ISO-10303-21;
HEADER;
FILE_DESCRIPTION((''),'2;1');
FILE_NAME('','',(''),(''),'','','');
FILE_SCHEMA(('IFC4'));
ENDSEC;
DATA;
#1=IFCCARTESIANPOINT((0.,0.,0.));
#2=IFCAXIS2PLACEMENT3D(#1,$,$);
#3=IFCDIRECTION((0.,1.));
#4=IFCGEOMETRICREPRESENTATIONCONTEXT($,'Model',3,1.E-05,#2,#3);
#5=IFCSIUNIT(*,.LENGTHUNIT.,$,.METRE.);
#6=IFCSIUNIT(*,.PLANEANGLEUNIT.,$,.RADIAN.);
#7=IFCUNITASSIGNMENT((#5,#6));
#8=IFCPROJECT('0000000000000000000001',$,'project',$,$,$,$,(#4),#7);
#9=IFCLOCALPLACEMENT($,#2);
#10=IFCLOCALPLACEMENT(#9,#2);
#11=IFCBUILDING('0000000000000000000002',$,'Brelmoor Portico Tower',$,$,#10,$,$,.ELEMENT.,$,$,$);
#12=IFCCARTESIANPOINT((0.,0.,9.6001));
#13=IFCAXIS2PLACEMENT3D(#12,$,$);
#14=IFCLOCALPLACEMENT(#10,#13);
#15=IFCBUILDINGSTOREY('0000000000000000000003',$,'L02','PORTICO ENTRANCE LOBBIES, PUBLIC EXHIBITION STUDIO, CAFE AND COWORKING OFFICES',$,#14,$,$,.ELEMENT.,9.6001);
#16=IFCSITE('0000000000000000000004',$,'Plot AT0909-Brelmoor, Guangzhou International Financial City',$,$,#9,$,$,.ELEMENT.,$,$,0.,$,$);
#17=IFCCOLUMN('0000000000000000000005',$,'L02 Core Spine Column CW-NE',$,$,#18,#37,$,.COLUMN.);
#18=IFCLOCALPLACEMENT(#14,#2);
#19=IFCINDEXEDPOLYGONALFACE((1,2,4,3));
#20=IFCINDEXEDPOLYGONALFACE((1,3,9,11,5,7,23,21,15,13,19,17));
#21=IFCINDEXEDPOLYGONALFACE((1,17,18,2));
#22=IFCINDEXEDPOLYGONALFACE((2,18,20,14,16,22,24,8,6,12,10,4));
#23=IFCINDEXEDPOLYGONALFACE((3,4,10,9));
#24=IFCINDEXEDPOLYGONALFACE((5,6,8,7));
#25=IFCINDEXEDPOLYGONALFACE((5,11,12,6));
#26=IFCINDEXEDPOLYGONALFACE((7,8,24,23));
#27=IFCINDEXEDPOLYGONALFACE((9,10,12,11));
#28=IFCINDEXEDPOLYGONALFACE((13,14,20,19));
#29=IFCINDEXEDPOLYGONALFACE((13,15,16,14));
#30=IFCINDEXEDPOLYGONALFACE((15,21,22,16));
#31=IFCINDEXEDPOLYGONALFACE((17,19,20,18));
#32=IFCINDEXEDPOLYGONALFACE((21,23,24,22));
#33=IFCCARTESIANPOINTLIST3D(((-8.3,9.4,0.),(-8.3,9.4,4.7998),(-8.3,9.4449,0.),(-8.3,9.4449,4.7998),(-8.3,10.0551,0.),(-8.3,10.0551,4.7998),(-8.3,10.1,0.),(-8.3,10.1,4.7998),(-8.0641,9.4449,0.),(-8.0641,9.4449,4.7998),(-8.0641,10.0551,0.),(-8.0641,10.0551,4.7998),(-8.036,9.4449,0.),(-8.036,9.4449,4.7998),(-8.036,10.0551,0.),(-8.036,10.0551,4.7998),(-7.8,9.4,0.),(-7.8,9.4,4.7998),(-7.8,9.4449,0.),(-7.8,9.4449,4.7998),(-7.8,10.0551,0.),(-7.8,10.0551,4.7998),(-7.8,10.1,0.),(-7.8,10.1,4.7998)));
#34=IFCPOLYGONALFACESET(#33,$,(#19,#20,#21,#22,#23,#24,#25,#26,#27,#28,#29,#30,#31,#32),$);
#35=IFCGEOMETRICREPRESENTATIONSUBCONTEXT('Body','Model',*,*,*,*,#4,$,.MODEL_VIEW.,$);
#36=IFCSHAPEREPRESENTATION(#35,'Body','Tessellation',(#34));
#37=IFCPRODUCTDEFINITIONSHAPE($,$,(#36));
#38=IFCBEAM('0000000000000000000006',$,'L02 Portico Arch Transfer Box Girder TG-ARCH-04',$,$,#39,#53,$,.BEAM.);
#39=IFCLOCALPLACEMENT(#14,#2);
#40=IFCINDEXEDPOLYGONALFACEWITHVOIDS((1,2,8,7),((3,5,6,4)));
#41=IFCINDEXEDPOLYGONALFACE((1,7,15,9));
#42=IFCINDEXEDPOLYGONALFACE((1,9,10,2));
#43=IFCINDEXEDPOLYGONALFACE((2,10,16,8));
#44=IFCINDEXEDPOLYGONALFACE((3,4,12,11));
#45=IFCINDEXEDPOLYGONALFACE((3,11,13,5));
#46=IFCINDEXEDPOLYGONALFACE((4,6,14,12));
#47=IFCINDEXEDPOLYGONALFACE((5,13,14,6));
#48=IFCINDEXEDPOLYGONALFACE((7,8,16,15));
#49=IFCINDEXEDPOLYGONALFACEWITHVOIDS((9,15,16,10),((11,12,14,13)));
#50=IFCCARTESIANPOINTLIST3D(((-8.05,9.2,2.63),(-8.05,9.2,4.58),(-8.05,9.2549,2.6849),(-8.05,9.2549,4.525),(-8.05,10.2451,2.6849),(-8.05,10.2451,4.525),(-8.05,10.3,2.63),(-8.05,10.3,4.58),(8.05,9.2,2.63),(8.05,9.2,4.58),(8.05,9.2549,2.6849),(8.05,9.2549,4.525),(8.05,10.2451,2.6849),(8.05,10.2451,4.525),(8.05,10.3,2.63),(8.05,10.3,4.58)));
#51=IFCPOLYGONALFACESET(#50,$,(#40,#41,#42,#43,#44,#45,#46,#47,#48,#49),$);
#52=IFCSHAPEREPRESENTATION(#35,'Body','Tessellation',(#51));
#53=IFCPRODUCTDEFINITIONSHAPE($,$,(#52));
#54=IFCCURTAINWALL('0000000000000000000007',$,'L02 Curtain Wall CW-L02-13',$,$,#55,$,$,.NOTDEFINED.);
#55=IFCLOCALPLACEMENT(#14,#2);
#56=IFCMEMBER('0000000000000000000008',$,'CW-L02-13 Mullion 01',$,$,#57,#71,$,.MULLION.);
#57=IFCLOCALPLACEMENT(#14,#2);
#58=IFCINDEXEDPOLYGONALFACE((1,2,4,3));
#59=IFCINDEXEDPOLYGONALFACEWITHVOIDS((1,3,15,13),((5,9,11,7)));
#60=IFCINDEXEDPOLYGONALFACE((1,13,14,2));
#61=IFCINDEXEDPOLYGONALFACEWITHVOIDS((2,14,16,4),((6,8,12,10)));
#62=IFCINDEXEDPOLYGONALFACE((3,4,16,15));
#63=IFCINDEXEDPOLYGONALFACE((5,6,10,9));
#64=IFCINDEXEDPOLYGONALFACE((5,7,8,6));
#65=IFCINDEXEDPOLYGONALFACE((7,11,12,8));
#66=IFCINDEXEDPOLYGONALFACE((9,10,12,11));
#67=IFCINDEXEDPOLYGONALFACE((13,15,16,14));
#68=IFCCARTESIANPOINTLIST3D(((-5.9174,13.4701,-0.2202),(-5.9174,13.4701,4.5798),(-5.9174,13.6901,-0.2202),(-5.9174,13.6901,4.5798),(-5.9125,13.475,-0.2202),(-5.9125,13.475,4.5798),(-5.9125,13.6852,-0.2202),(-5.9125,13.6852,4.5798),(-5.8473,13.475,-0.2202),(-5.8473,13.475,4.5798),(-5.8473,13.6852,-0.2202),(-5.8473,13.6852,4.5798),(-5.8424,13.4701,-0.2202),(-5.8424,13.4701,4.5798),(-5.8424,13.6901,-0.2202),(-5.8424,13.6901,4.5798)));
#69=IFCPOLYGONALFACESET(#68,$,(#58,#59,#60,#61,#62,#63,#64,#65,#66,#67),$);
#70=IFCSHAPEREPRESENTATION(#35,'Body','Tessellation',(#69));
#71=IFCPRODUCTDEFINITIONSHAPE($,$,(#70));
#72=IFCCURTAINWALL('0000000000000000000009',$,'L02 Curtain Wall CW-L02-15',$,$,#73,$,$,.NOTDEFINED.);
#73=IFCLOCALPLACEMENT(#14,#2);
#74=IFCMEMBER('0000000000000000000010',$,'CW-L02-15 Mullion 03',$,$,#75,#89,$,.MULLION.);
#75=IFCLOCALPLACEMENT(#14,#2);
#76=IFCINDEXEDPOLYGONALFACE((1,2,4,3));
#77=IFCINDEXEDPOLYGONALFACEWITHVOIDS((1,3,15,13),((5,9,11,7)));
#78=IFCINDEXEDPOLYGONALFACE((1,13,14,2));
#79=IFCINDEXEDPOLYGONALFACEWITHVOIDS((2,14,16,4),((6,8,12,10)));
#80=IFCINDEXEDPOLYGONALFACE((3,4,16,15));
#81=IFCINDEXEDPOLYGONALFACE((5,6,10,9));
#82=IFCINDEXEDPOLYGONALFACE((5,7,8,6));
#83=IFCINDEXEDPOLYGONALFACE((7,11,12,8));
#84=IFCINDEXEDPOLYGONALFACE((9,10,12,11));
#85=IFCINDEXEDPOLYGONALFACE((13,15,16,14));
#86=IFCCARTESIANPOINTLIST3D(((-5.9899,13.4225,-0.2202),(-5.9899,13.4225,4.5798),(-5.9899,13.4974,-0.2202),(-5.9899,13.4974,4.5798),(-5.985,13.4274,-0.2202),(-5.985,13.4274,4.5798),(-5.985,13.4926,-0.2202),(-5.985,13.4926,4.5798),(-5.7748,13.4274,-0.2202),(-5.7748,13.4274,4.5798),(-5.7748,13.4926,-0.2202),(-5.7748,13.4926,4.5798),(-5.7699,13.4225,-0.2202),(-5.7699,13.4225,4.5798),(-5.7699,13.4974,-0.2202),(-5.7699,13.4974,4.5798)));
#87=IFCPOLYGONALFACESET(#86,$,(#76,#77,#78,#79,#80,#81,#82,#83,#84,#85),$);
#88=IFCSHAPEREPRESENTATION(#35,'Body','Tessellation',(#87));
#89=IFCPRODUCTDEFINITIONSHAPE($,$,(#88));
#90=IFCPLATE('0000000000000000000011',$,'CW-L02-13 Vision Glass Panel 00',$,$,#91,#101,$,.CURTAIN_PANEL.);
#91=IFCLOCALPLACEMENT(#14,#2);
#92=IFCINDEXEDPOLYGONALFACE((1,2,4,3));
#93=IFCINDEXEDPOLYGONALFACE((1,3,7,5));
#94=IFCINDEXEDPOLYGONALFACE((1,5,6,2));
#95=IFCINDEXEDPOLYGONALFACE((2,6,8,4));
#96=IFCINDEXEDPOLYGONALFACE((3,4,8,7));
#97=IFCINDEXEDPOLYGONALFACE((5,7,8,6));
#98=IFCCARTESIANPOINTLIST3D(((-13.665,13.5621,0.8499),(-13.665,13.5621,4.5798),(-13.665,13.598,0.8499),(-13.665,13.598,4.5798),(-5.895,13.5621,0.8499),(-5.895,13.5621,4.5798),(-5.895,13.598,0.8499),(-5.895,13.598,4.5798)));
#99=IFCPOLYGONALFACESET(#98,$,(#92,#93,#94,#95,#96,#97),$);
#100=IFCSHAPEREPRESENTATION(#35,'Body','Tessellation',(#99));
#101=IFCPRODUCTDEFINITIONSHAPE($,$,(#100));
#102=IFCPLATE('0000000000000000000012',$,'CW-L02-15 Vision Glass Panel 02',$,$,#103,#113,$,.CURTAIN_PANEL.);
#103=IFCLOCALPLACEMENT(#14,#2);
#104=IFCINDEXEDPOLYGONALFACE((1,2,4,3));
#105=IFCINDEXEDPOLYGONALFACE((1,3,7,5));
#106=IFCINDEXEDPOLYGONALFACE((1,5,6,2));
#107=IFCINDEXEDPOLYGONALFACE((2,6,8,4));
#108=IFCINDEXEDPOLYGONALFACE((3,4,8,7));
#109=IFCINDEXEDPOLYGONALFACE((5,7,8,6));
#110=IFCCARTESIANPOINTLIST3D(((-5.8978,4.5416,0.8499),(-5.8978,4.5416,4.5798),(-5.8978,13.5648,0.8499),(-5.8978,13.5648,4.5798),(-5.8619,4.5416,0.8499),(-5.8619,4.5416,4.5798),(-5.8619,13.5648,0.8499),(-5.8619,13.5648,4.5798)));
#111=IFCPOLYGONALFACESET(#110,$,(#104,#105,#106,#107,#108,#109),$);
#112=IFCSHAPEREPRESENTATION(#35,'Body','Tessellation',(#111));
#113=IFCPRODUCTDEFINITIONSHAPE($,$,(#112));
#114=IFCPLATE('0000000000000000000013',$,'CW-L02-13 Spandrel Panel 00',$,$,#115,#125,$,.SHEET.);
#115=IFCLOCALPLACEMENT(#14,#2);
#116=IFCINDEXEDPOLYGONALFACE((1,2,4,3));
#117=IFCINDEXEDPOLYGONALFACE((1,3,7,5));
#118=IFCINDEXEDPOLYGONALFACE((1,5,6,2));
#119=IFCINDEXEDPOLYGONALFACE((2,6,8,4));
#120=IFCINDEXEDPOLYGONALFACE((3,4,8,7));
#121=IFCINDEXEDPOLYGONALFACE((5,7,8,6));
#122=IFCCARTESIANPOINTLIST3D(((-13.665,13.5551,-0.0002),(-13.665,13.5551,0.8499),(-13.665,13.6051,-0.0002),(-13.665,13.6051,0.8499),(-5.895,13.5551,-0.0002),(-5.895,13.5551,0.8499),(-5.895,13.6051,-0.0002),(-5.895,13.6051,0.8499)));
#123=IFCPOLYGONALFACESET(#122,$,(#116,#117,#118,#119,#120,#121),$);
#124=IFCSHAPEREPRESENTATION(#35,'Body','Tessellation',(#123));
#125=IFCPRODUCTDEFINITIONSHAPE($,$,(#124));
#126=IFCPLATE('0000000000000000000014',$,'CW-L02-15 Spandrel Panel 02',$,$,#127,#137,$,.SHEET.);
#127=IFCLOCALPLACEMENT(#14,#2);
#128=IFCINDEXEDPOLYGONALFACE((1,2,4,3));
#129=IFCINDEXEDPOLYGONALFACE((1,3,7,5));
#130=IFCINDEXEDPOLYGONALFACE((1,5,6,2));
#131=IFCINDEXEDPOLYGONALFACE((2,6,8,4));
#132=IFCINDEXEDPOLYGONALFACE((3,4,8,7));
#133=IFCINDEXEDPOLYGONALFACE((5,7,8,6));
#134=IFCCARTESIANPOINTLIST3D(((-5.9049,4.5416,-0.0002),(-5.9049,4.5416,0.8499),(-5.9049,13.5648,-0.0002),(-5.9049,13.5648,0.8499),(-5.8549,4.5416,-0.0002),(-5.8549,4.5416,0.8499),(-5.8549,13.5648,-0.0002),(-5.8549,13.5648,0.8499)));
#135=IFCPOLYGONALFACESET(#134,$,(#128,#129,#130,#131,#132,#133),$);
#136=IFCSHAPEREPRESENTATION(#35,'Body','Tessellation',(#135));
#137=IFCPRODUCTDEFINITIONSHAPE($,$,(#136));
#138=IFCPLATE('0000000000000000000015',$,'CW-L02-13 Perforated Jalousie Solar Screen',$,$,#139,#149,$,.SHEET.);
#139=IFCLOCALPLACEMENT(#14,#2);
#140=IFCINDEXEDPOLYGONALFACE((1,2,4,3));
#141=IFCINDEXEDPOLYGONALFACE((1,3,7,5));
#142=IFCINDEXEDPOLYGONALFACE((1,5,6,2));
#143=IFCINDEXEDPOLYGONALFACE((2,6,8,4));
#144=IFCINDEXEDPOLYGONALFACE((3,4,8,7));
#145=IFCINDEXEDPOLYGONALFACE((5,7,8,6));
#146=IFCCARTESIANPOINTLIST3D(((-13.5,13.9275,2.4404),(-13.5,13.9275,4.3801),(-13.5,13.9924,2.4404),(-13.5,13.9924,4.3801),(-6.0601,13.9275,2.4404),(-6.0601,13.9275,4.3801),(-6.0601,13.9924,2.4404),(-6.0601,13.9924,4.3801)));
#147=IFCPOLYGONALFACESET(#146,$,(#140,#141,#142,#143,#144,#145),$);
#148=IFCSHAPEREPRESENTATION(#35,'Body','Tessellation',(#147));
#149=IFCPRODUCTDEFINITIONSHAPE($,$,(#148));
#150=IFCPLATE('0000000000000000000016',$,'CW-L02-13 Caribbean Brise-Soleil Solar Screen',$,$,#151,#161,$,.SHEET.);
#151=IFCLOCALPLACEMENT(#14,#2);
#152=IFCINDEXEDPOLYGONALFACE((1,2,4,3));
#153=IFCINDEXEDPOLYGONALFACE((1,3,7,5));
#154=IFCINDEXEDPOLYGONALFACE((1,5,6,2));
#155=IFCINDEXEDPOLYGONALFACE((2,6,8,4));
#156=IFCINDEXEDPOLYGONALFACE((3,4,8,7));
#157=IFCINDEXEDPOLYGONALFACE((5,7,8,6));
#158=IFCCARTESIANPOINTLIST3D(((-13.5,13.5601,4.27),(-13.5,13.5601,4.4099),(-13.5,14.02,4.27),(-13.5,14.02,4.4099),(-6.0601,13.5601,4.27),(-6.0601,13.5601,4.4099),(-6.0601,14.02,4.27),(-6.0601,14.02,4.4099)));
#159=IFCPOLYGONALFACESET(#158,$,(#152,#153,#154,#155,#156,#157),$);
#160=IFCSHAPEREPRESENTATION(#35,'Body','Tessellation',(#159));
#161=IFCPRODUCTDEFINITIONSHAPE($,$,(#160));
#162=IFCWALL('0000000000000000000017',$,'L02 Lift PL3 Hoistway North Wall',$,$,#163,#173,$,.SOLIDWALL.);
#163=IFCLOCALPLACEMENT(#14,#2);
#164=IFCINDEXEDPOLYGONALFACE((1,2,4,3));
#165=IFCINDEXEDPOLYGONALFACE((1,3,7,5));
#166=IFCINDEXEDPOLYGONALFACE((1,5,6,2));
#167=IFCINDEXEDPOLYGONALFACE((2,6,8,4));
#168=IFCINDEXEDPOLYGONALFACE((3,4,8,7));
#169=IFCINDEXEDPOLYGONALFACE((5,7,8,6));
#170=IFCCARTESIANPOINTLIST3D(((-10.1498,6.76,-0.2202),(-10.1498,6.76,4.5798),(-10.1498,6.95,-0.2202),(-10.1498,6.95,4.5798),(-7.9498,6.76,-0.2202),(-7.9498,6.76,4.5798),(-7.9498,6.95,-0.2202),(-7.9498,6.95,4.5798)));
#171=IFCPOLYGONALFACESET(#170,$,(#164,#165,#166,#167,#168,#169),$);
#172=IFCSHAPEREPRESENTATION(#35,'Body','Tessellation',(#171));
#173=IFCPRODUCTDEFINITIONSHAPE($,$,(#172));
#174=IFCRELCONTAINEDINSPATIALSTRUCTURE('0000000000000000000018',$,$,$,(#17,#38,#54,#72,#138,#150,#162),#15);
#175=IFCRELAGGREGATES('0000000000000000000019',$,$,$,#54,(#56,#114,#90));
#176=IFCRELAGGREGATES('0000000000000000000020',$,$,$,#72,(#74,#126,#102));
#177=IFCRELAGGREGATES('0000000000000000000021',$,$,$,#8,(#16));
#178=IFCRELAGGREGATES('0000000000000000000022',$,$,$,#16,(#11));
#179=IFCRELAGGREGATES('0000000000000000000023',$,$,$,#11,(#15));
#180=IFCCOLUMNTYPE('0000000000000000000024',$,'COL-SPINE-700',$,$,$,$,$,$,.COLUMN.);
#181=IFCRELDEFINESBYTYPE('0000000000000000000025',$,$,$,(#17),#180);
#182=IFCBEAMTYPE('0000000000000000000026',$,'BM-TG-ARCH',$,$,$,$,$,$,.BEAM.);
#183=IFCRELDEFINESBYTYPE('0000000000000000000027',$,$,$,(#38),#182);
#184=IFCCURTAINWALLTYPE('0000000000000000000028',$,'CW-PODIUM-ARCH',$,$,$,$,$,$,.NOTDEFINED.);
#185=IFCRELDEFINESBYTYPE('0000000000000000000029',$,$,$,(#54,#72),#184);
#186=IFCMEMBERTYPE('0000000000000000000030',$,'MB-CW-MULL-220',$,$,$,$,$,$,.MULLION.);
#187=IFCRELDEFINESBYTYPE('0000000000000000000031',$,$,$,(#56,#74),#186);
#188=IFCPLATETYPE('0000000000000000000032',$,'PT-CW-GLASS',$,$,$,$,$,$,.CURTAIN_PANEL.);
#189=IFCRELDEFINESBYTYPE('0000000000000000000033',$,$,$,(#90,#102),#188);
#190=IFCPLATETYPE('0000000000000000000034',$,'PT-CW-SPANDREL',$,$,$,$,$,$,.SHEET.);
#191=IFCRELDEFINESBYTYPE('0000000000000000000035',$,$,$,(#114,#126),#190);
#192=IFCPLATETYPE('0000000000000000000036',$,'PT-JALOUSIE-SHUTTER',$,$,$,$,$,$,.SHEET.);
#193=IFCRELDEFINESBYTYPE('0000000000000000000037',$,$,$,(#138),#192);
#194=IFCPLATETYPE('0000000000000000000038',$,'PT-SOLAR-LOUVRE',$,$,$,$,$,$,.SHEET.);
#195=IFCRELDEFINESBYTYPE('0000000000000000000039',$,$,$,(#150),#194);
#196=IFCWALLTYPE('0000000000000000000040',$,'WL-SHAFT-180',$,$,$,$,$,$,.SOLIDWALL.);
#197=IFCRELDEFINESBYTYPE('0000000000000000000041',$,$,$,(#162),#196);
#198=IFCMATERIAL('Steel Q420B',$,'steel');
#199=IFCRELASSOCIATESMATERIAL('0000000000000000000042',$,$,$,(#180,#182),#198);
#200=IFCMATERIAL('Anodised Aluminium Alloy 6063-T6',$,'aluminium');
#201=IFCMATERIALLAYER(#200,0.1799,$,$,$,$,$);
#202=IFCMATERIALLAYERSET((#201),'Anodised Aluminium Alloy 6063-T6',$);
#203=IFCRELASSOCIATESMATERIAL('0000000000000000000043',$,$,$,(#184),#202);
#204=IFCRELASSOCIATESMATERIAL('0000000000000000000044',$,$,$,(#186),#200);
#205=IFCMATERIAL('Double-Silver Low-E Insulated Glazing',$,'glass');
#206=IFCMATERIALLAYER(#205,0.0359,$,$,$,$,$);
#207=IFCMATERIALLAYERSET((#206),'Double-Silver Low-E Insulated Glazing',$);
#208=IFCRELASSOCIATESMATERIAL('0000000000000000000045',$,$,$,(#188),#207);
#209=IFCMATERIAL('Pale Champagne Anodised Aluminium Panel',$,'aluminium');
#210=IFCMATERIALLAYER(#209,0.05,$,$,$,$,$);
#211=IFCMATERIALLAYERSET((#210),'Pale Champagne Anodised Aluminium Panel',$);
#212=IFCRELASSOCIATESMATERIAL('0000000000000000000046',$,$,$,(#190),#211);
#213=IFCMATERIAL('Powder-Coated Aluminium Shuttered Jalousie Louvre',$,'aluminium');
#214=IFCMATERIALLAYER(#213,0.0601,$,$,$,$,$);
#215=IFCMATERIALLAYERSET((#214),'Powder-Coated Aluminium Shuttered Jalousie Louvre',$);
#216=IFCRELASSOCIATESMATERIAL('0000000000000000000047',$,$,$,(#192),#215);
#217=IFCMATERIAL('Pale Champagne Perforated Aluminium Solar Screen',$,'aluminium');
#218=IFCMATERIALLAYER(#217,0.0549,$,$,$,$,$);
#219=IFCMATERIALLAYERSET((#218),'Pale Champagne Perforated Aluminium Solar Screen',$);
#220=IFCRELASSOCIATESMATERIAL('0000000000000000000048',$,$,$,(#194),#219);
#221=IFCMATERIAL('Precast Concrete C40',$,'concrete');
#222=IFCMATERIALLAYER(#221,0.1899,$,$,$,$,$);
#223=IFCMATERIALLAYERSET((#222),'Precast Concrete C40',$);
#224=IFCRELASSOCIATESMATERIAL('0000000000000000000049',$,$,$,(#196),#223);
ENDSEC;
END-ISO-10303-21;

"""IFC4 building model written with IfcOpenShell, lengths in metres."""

from ifc_helpers import new_model, si_unit, direction, frame, frame_2d, origin, origin_2d, place, context, subcontext, project, spatial, rectangle, hollow_rectangle, i_section, extrude, material, layer, layer_set, material_profile, profile_set, type_object, element, aggregate, save


model = new_model("IFC4")

# Units and contexts
model_context = context("Model", 3, precision=1e-05, world=origin(), true_north=direction((0.0, 1.0)))
body_context = subcontext(model_context, "Body", "Model", "MODEL_VIEW")
ifc_project = project(units=[si_unit("LENGTHUNIT", "METRE"), si_unit("PLANEANGLEUNIT", "RADIAN")], contexts=[model_context])

# Site, building, storey
site_placement = place(None, origin())
site = spatial("IfcSite", under=ifc_project, at=site_placement, Name="Plot AT0909-Brelmoor, Guangzhou International Financial City", CompositionType="ELEMENT", RefElevation=0.0)
building_placement = place(site_placement, origin())
building = spatial("IfcBuilding", under=site, at=building_placement, Name="Brelmoor Portico Tower", CompositionType="ELEMENT")
storey_placement = place(building_placement, frame((0.0, 0.0, 9.6001)))
storey = spatial("IfcBuildingStorey", under=building, at=storey_placement, Name="L02", Description="PORTICO ENTRANCE LOBBIES, PUBLIC EXHIBITION STUDIO, CAFE AND COWORKING OFFICES", CompositionType="ELEMENT", Elevation=9.6001)

# Column
ifc_material_1 = material(Name="Steel Q420B", Category="steel")
ifc_material_profile_1 = material_profile(ifc_material_1, i_section(OverallWidth=0.5, OverallDepth=0.7, WebThickness=0.0281, FlangeThickness=0.0449, at=origin_2d()), Name="HW 700x500x28x45")
ifc_profile_set_1 = profile_set([ifc_material_profile_1], Name="Steel Q420B")
column_type = type_object("IfcColumnType", Name="COL-SPINE-700", PredefinedType="COLUMN", material=ifc_profile_set_1)
column_placement = place(storey_placement, frame((-8.05, 9.75, 0.0), z_axis=(0.0, 0.0, 1.0), x_axis=(1.0, 0.0, 0.0)))
element("IfcColumn", 1, at=column_placement, inside=storey, type_object=column_type, Name="L02 Core Spine Column CW-NE", PredefinedType="COLUMN", context=body_context, shape_type="SweptSolid", body=[
    extrude(i_section(OverallWidth=0.5, OverallDepth=0.7, WebThickness=0.0281, FlangeThickness=0.0449, at=origin_2d()), origin(), (0.0, 0.0, 1.0), 4.7998),
])

# Beam
ifc_material_profile_2 = material_profile(ifc_material_1, hollow_rectangle(XDim=1.1001, YDim=1.95, WallThickness=0.0549, at=origin_2d()), Name="BOX 1100x1950x55")
ifc_profile_set_2 = profile_set([ifc_material_profile_2], Name="Steel Q420B")
beam_type = type_object("IfcBeamType", Name="BM-TG-ARCH", PredefinedType="BEAM", material=ifc_profile_set_2)
beam_placement = place(storey_placement, frame((-8.05, 9.75, 3.605), z_axis=(1.0, 0.0, 0.0), x_axis=(0.0, 1.0, 0.0)))
element("IfcBeam", 2, at=beam_placement, inside=storey, type_object=beam_type, Name="L02 Portico Arch Transfer Box Girder TG-ARCH-04", PredefinedType="BEAM", context=body_context, shape_type="SweptSolid", body=[
    extrude(hollow_rectangle(XDim=1.1001, YDim=1.95, WallThickness=0.0549, at=origin_2d()), origin(), (0.0, 0.0, 1.0), 16.1001),
])

# Curtain walls, members
ifc_material_2 = material(Name="Anodised Aluminium Alloy 6063-T6", Category="aluminium")
ifc_layer_1 = layer(ifc_material_2, 0.1799)
ifc_layer_set_1 = layer_set([ifc_layer_1], Name="Anodised Aluminium Alloy 6063-T6")
curtain_wall_type = type_object("IfcCurtainWallType", Name="CW-PODIUM-ARCH", PredefinedType="NOTDEFINED", material=ifc_layer_set_1)
curtain_wall_1_placement = place(storey_placement, origin())
curtain_wall_1 = element("IfcCurtainWall", 3, at=curtain_wall_1_placement, inside=storey, type_object=curtain_wall_type, Name="L02 Curtain Wall CW-L02-13", PredefinedType="NOTDEFINED")
ifc_material_profile_3 = material_profile(ifc_material_2, hollow_rectangle(XDim=0.075, YDim=0.22, WallThickness=0.0049, at=origin_2d()), Name="ALU MULLION 75x220")
ifc_profile_set_3 = profile_set([ifc_material_profile_3], Name="Anodised Aluminium Alloy 6063-T6")
member_type = type_object("IfcMemberType", Name="MB-CW-MULL-220", PredefinedType="MULLION", material=ifc_profile_set_3)
member_1_placement = place(storey_placement, frame((-5.8799, 13.5801, -0.2202), z_axis=(0.0, 0.0, 1.0), x_axis=(1.0, 0.0, 0.0)))
member_1 = element("IfcMember", 4, at=member_1_placement, type_object=member_type, Name="CW-L02-13 Mullion 01", PredefinedType="MULLION", context=body_context, shape_type="SweptSolid", body=[
    extrude(hollow_rectangle(XDim=0.075, YDim=0.22, WallThickness=0.0049, at=origin_2d()), origin(), (0.0, 0.0, 1.0), 4.8),
])
curtain_wall_2_placement = place(storey_placement, origin())
curtain_wall_2 = element("IfcCurtainWall", 5, at=curtain_wall_2_placement, inside=storey, type_object=curtain_wall_type, Name="L02 Curtain Wall CW-L02-15", PredefinedType="NOTDEFINED")
member_2_placement = place(storey_placement, frame((-5.8799, 13.46, -0.2202), z_axis=(0.0, 0.0, 1.0), x_axis=(0.0, 1.0, 0.0)))
member_2 = element("IfcMember", 6, at=member_2_placement, type_object=member_type, Name="CW-L02-15 Mullion 03", PredefinedType="MULLION", context=body_context, shape_type="SweptSolid", body=[
    extrude(hollow_rectangle(XDim=0.075, YDim=0.22, WallThickness=0.0049, at=origin_2d()), origin(), (0.0, 0.0, 1.0), 4.8),
])

# Plates
ifc_material_3 = material(Name="Double-Silver Low-E Insulated Glazing", Category="glass")
ifc_layer_2 = layer(ifc_material_3, 0.0359)
ifc_layer_set_2 = layer_set([ifc_layer_2], Name="Double-Silver Low-E Insulated Glazing")
plate_type_1 = type_object("IfcPlateType", Name="PT-CW-GLASS", PredefinedType="CURTAIN_PANEL", material=ifc_layer_set_2)
plate_1_placement = place(storey_placement, frame((-9.78, 13.5801, 0.8499), z_axis=(0.0, 0.0, 1.0), x_axis=(1.0, 0.0, 0.0)))
plate_1 = element("IfcPlate", 7, at=plate_1_placement, type_object=plate_type_1, Name="CW-L02-13 Vision Glass Panel 00", PredefinedType="CURTAIN_PANEL", context=body_context, shape_type="SweptSolid", body=[
    extrude(rectangle(XDim=7.77, YDim=0.0359, at=origin_2d()), origin(), (0.0, 0.0, 1.0), 3.73),
])
plate_2_placement = place(storey_placement, frame((-5.8799, 9.0532, 0.8499), z_axis=(0.0, 0.0, 1.0), x_axis=(0.0, 1.0, 0.0)))
plate_2 = element("IfcPlate", 8, at=plate_2_placement, type_object=plate_type_1, Name="CW-L02-15 Vision Glass Panel 02", PredefinedType="CURTAIN_PANEL", context=body_context, shape_type="SweptSolid", body=[
    extrude(rectangle(XDim=9.0232, YDim=0.0359, at=origin_2d()), origin(), (0.0, 0.0, 1.0), 3.73),
])
ifc_material_4 = material(Name="Pale Champagne Anodised Aluminium Panel", Category="aluminium")
ifc_layer_3 = layer(ifc_material_4, 0.05)
ifc_layer_set_3 = layer_set([ifc_layer_3], Name="Pale Champagne Anodised Aluminium Panel")
plate_type_2 = type_object("IfcPlateType", Name="PT-CW-SPANDREL", PredefinedType="SHEET", material=ifc_layer_set_3)
plate_3_placement = place(storey_placement, frame((-9.78, 13.5801, -0.0002), z_axis=(0.0, 0.0, 1.0), x_axis=(1.0, 0.0, 0.0)))
plate_3 = element("IfcPlate", 9, at=plate_3_placement, type_object=plate_type_2, Name="CW-L02-13 Spandrel Panel 00", PredefinedType="SHEET", context=body_context, shape_type="SweptSolid", body=[
    extrude(rectangle(XDim=7.77, YDim=0.05, at=origin_2d()), origin(), (0.0, 0.0, 1.0), 0.8501),
])
aggregate(curtain_wall_1, [member_1, plate_3, plate_1])
plate_4_placement = place(storey_placement, frame((-5.8799, 9.0532, -0.0002), z_axis=(0.0, 0.0, 1.0), x_axis=(0.0, 1.0, 0.0)))
plate_4 = element("IfcPlate", 10, at=plate_4_placement, type_object=plate_type_2, Name="CW-L02-15 Spandrel Panel 02", PredefinedType="SHEET", context=body_context, shape_type="SweptSolid", body=[
    extrude(rectangle(XDim=9.0232, YDim=0.05, at=origin_2d()), origin(), (0.0, 0.0, 1.0), 0.8501),
])
aggregate(curtain_wall_2, [member_2, plate_4, plate_2])

# Plates
ifc_material_5 = material(Name="Powder-Coated Aluminium Shuttered Jalousie Louvre", Category="aluminium")
ifc_layer_4 = layer(ifc_material_5, 0.0601)
ifc_layer_set_4 = layer_set([ifc_layer_4], Name="Powder-Coated Aluminium Shuttered Jalousie Louvre")
plate_type_3 = type_object("IfcPlateType", Name="PT-JALOUSIE-SHUTTER", PredefinedType="SHEET", material=ifc_layer_set_4)
plate_5_placement = place(storey_placement, frame((-9.78, 13.96, 2.4404), z_axis=(0.0, 0.0, 1.0), x_axis=(1.0, 0.0, 0.0)))
element("IfcPlate", 11, at=plate_5_placement, inside=storey, type_object=plate_type_3, Name="CW-L02-13 Perforated Jalousie Solar Screen", PredefinedType="SHEET", context=body_context, shape_type="SweptSolid", body=[
    extrude(rectangle(XDim=7.4399, YDim=0.0649, at=origin_2d()), origin(), (0.0, 0.0, 1.0), 1.9397),
])
ifc_material_6 = material(Name="Pale Champagne Perforated Aluminium Solar Screen", Category="aluminium")
ifc_layer_5 = layer(ifc_material_6, 0.0549)
ifc_layer_set_5 = layer_set([ifc_layer_5], Name="Pale Champagne Perforated Aluminium Solar Screen")
plate_type_4 = type_object("IfcPlateType", Name="PT-SOLAR-LOUVRE", PredefinedType="SHEET", material=ifc_layer_set_5)
plate_6_placement = place(storey_placement, frame((-9.78, 13.79, 4.27), z_axis=(0.0, 0.0, 1.0), x_axis=(1.0, 0.0, 0.0)))
element("IfcPlate", 12, at=plate_6_placement, inside=storey, type_object=plate_type_4, Name="CW-L02-13 Caribbean Brise-Soleil Solar Screen", PredefinedType="SHEET", context=body_context, shape_type="SweptSolid", body=[
    extrude(rectangle(XDim=7.4399, YDim=0.46, at=origin_2d()), origin(), (0.0, 0.0, 1.0), 0.1399),
])

# Wall
ifc_material_7 = material(Name="Precast Concrete C40", Category="concrete")
ifc_layer_6 = layer(ifc_material_7, 0.1899)
ifc_layer_set_6 = layer_set([ifc_layer_6], Name="Precast Concrete C40")
wall_type_1 = type_object("IfcWallType", Name="WL-SHAFT-180", PredefinedType="SOLIDWALL", material=ifc_layer_set_6)
wall_1_placement = place(storey_placement, frame((-10.1499, 6.855, -0.2202), z_axis=(0.0, 0.0, 1.0), x_axis=(1.0, 0.0, 0.0)))
element("IfcWall", 13, at=wall_1_placement, inside=storey, type_object=wall_type_1, Name="L02 Lift PL3 Hoistway North Wall", PredefinedType="SOLIDWALL", context=body_context, shape_type="SweptSolid", body=[
    extrude(rectangle(XDim=2.2, YDim=0.1899, at=frame_2d((1.1001, 0.0))), origin(), (0.0, 0.0, 1.0), 4.8),
])

save(model, "model.ifc")
